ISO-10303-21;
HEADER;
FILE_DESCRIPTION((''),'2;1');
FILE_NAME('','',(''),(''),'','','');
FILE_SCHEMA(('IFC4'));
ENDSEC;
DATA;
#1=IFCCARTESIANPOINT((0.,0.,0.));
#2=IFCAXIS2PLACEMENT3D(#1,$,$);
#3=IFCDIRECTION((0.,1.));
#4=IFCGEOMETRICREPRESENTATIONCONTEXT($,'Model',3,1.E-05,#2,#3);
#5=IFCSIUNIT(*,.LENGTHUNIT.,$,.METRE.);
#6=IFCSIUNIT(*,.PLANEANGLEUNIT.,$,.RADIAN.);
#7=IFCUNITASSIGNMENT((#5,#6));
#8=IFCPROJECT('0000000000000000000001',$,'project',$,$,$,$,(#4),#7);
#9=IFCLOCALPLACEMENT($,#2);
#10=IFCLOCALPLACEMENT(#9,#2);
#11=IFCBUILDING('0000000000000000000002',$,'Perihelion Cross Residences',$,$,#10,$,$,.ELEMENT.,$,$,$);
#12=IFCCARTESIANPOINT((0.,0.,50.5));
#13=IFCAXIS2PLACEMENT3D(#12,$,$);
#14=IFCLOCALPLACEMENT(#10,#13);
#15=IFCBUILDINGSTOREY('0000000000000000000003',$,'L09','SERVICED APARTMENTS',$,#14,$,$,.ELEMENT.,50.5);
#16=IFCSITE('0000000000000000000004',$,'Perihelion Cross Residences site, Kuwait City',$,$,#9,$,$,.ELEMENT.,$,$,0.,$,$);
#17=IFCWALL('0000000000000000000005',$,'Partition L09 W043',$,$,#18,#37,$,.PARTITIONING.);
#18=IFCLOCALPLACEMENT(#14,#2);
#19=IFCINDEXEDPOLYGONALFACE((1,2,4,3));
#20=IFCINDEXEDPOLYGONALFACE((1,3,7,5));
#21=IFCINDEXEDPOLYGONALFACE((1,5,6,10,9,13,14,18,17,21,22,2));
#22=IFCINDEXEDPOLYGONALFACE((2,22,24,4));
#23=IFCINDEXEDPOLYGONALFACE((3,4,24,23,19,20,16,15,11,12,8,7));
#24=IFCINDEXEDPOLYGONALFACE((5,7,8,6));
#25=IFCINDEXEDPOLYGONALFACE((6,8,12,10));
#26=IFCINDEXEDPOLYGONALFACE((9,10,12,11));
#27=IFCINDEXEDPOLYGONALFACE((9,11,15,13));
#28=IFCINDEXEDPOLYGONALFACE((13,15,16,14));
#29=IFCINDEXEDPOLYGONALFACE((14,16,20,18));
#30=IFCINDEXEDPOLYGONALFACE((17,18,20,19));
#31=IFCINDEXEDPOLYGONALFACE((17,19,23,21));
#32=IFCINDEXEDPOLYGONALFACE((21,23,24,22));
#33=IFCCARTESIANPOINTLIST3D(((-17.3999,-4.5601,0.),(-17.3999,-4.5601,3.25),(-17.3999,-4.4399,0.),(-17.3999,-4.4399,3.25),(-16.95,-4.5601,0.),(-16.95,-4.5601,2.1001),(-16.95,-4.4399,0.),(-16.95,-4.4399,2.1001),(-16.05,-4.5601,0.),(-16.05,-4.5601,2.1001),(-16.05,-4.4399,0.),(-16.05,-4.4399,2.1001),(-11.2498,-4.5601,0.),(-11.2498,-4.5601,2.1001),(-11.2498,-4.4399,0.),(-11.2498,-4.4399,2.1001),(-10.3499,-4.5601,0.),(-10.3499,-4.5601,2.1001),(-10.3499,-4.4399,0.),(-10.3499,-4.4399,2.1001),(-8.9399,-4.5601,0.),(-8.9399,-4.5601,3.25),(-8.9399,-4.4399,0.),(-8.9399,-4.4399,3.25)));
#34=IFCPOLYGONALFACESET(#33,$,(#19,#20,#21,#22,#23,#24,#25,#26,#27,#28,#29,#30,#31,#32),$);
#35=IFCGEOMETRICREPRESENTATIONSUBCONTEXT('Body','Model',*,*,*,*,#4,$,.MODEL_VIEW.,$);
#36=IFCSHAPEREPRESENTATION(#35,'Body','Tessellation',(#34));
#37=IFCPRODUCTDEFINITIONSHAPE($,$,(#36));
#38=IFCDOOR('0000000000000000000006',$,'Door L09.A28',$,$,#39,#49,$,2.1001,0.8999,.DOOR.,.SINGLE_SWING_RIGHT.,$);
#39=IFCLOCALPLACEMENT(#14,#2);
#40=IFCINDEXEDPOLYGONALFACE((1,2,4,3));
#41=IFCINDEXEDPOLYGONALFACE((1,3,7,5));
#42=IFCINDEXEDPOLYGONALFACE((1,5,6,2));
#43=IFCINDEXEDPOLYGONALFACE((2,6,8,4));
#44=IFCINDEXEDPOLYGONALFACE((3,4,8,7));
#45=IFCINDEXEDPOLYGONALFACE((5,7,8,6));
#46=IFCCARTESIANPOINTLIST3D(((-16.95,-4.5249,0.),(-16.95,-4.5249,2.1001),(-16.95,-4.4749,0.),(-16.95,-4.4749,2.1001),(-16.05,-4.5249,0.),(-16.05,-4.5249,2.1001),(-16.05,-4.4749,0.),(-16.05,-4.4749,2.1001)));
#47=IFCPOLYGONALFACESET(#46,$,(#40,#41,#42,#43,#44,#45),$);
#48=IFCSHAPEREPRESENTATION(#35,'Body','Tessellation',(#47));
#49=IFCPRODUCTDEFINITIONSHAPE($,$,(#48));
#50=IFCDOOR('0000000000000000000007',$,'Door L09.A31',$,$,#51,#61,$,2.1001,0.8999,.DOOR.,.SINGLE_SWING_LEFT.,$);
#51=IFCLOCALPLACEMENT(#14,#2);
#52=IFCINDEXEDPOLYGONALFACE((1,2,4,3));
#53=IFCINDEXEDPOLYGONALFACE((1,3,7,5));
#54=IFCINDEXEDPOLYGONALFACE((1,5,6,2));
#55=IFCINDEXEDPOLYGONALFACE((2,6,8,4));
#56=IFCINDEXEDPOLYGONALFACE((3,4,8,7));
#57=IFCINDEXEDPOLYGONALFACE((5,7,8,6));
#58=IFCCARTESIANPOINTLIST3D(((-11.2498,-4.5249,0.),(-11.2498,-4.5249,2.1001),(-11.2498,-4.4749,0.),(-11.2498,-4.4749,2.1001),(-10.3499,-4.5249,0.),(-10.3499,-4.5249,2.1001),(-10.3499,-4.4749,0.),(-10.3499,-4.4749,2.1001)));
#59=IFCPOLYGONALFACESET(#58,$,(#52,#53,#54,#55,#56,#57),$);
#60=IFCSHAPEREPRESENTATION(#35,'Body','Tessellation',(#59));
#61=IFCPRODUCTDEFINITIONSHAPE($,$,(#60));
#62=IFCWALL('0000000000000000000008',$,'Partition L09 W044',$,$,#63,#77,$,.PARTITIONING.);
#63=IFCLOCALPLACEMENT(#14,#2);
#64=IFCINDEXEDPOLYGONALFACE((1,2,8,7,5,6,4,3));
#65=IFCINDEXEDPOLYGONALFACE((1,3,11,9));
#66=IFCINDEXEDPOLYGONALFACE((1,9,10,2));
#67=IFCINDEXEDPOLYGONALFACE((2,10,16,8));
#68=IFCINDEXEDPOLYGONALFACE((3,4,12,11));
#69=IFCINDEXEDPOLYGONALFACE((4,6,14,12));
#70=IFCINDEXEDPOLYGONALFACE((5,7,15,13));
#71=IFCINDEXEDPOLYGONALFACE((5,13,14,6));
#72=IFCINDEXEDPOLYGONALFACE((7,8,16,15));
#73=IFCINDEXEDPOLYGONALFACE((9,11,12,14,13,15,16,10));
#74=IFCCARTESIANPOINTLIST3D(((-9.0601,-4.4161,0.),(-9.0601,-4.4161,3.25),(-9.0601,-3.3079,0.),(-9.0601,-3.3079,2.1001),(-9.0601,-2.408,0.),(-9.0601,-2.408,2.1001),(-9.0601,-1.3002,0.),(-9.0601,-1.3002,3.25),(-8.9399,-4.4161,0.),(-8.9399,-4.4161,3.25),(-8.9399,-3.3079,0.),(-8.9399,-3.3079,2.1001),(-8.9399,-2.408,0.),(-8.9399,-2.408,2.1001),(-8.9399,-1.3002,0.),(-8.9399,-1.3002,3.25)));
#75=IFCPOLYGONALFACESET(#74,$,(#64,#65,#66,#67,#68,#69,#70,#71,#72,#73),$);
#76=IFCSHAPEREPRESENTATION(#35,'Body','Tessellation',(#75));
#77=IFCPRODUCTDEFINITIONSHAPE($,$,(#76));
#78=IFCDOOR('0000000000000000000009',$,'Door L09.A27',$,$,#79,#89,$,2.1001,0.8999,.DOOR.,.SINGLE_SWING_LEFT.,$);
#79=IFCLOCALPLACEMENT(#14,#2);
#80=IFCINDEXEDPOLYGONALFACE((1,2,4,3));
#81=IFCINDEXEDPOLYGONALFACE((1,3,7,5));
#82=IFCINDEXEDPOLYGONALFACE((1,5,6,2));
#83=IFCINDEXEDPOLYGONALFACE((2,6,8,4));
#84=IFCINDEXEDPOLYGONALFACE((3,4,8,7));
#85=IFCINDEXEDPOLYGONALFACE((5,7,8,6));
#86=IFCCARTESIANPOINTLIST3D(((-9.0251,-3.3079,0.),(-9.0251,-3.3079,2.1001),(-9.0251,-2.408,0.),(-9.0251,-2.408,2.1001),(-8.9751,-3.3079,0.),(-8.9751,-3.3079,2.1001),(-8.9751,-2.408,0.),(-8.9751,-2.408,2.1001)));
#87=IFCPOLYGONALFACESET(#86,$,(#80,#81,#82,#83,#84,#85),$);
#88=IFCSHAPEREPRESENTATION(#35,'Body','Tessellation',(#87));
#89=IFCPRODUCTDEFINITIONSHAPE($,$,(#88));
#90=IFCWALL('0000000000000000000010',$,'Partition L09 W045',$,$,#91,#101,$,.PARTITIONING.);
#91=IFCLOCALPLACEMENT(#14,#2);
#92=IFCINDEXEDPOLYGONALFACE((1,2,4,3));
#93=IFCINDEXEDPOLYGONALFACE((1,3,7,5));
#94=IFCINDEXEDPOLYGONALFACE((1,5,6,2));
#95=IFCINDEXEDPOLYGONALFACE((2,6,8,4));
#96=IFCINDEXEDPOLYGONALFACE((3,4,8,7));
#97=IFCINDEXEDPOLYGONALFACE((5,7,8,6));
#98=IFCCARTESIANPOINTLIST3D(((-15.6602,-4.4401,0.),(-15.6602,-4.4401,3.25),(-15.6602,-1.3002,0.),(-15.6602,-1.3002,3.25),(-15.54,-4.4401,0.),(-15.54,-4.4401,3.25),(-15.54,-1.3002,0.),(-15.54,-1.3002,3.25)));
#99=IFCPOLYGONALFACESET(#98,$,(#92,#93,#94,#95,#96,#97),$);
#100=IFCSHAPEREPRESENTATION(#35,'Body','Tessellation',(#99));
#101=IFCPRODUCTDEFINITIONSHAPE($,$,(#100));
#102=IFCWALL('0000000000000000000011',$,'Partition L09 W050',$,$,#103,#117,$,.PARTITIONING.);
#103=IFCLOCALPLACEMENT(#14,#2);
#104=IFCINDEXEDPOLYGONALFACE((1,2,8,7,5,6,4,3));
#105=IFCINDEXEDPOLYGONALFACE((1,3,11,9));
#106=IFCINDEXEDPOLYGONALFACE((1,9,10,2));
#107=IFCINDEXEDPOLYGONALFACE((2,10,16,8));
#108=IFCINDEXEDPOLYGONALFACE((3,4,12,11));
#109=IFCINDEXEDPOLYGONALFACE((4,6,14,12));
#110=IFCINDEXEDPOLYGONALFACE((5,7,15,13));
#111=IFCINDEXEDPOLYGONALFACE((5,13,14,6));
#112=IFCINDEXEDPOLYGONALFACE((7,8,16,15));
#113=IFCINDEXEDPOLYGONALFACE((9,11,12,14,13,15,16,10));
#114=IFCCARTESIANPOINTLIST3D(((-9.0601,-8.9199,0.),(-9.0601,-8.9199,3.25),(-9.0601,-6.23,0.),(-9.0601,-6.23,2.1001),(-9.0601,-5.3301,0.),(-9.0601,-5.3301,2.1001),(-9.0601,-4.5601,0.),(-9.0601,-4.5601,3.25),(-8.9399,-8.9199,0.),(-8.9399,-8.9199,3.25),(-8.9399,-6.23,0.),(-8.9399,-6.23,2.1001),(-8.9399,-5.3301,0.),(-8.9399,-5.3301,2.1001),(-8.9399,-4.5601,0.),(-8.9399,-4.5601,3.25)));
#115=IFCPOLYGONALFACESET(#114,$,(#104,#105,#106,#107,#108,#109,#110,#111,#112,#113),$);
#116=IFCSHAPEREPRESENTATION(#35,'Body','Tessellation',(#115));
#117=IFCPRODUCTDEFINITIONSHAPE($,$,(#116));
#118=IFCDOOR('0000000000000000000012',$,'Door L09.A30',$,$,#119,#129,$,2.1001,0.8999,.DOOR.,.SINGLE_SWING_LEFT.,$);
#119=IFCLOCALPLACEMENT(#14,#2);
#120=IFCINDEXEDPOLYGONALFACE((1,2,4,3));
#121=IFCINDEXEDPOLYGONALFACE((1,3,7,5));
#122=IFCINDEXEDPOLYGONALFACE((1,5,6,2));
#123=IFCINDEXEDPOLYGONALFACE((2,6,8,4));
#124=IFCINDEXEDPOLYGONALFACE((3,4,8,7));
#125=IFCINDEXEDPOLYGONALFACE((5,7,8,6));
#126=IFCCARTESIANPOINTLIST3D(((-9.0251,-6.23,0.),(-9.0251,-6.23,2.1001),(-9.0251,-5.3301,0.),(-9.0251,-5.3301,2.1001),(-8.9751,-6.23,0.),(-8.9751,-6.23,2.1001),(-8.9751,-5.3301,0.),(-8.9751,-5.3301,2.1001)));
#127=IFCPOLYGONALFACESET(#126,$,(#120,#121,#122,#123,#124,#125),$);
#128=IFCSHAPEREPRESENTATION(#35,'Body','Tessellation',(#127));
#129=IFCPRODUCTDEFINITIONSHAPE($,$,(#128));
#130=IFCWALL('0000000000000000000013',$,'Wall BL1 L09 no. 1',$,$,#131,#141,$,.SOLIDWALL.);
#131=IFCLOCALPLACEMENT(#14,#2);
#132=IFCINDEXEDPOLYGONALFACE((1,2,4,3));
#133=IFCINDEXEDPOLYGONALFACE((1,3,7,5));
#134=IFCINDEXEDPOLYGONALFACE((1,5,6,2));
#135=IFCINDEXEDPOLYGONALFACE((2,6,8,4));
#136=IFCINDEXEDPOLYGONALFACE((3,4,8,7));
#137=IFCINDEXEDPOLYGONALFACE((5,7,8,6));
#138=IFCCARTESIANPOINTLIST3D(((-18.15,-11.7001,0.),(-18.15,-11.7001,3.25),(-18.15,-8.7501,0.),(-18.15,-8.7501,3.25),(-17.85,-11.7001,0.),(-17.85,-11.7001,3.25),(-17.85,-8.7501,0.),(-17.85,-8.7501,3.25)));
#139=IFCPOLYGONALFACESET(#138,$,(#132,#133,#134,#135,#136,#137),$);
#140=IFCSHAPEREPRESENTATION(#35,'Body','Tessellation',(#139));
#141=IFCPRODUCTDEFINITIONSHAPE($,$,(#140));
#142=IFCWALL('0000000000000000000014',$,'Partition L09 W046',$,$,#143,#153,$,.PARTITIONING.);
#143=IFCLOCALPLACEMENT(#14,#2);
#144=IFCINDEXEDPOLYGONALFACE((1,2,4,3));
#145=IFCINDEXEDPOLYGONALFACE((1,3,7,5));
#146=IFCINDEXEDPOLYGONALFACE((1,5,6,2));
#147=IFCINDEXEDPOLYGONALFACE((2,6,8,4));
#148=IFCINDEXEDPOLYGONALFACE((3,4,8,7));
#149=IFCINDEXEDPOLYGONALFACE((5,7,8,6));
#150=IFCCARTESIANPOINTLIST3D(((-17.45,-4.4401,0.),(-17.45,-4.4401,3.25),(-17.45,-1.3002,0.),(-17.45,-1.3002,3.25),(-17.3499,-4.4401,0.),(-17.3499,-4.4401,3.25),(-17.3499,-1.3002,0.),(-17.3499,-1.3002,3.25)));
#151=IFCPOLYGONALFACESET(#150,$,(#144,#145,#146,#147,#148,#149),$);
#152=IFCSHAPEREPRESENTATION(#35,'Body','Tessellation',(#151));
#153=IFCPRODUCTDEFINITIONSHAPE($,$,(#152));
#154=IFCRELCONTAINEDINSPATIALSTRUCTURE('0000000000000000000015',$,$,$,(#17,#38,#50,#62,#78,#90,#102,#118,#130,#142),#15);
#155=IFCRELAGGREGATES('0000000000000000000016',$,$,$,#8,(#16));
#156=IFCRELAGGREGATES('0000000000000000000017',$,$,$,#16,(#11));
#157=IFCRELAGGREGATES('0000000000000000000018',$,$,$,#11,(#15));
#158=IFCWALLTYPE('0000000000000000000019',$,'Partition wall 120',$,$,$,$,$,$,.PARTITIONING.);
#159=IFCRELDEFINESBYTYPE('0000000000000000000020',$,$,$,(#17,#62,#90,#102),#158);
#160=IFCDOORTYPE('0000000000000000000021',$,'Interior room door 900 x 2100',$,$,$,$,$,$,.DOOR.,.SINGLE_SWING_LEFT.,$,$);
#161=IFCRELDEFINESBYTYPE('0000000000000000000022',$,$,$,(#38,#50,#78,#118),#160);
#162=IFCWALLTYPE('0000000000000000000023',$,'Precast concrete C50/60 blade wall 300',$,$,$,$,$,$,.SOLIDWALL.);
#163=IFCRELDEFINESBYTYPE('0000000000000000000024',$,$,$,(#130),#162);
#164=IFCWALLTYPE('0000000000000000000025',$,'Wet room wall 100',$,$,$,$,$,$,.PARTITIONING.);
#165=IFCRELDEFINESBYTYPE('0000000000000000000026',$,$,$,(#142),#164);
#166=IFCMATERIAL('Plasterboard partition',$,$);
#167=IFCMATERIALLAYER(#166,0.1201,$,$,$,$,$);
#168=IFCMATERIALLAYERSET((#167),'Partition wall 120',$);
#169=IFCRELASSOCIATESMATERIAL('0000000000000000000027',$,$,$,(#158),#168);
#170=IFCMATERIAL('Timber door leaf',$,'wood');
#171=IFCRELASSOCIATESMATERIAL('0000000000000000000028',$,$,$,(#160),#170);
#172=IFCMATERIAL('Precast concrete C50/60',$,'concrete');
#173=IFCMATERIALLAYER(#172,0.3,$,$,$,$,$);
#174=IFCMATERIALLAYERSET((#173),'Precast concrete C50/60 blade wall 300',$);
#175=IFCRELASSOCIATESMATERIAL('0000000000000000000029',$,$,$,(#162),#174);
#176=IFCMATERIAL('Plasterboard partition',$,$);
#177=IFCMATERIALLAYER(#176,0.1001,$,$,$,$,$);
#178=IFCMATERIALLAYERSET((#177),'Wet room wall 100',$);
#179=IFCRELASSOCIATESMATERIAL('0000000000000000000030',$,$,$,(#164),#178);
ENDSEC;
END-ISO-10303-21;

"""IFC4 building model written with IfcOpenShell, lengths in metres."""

from ifc_helpers import new_model, si_unit, direction, frame, frame_2d, origin, place, context, subcontext, project, spatial, rectangle, extrude, material, layer, layer_set, type_object, element, fill, save


model = new_model("IFC4")

# Units and contexts
model_context = context("Model", 3, precision=1e-05, world=origin(), true_north=direction((0.0, 1.0)))
body_context = subcontext(model_context, "Body", "Model", "MODEL_VIEW")
ifc_project = project(units=[si_unit("LENGTHUNIT", "METRE"), si_unit("PLANEANGLEUNIT", "RADIAN")], contexts=[model_context])

# Site, building, storey
site_placement = place(None, origin())
site = spatial("IfcSite", under=ifc_project, at=site_placement, Name="Perihelion Cross Residences site, Kuwait City", CompositionType="ELEMENT", RefElevation=0.0)
building_placement = place(site_placement, origin())
building = spatial("IfcBuilding", under=site, at=building_placement, Name="Perihelion Cross Residences", CompositionType="ELEMENT")
storey_placement = place(building_placement, frame((0.0, 0.0, 50.5)))
storey = spatial("IfcBuildingStorey", under=building, at=storey_placement, Name="L09", Description="SERVICED APARTMENTS", CompositionType="ELEMENT", Elevation=50.5)

# Shared definitions
ifc_material_1 = material(Name="Plasterboard partition")
ifc_layer_1 = layer(ifc_material_1, 0.1201)
ifc_layer_set_1 = layer_set([ifc_layer_1], Name="Partition wall 120")
wall_type_1 = type_object("IfcWallType", Name="Partition wall 120", PredefinedType="PARTITIONING", material=ifc_layer_set_1)
ifc_material_2 = material(Name="Timber door leaf", Category="wood")
door_type_1 = type_object("IfcDoorType", Name="Interior room door 900 x 2100", OperationType="SINGLE_SWING_LEFT", PredefinedType="DOOR", material=ifc_material_2)

# Wall, openings, doors
wall_1_placement = place(storey_placement, frame((-8.9399, -4.5, 0.0), z_axis=(0.0, 0.0, 1.0), x_axis=(-1.0, 0.0, 0.0)))
wall_1 = element("IfcWall", 1, at=wall_1_placement, inside=storey, type_object=wall_type_1, Name="Partition L09 W043", PredefinedType="PARTITIONING", context=body_context, shape_type="SweptSolid", body=[
    extrude(rectangle(XDim=8.46, YDim=0.1201, at=frame_2d((4.23, 0.0))), origin(), (0.0, 0.0, 1.0), 3.25),
])
opening_1_placement = place(wall_1_placement, frame((7.1101, 0.0, 0.0)))
opening_1 = element("IfcOpeningElement", 2, at=opening_1_placement, cuts=wall_1, PredefinedType="OPENING", context=body_context, shape_type="SweptSolid", body=[
    extrude(rectangle(XDim=0.8999, YDim=2.1001, at=frame_2d((0.45, 1.05))), frame((0.0, 0.0701, 0.0), z_axis=(0.0, -1.0, 0.0), x_axis=(1.0, 0.0, 0.0)), (0.0, 0.0, 1.0), 0.1401),
])
opening_2_placement = place(wall_1_placement, frame((1.4099, 0.0, 0.0)))
opening_2 = element("IfcOpeningElement", 3, at=opening_2_placement, cuts=wall_1, PredefinedType="OPENING", context=body_context, shape_type="SweptSolid", body=[
    extrude(rectangle(XDim=0.8999, YDim=2.1001, at=frame_2d((0.45, 1.05))), frame((0.0, 0.0701, 0.0), z_axis=(0.0, -1.0, 0.0), x_axis=(1.0, 0.0, 0.0)), (0.0, 0.0, 1.0), 0.1401),
])
door_1_placement = place(opening_1_placement, origin())
door_1 = element("IfcDoor", 4, at=door_1_placement, inside=storey, type_object=door_type_1, Name="Door L09.A28", OperationType="SINGLE_SWING_RIGHT", OverallHeight=2.1001, OverallWidth=0.8999, PredefinedType="DOOR", context=body_context, shape_type="SweptSolid", body=[
    extrude(rectangle(XDim=0.8999, YDim=2.1001, at=frame_2d((0.45, 1.05))), frame((0.0, 0.0249, 0.0), z_axis=(0.0, -1.0, 0.0), x_axis=(1.0, 0.0, 0.0)), (0.0, 0.0, 1.0), 0.05),
])
fill(opening_1, door_1)
door_2_placement = place(opening_2_placement, origin())
door_2 = element("IfcDoor", 5, at=door_2_placement, inside=storey, type_object=door_type_1, Name="Door L09.A31", OperationType="SINGLE_SWING_LEFT", OverallHeight=2.1001, OverallWidth=0.8999, PredefinedType="DOOR", context=body_context, shape_type="SweptSolid", body=[
    extrude(rectangle(XDim=0.8999, YDim=2.1001, at=frame_2d((0.45, 1.05))), frame((0.0, 0.0249, 0.0), z_axis=(0.0, -1.0, 0.0), x_axis=(1.0, 0.0, 0.0)), (0.0, 0.0, 1.0), 0.05),
])
fill(opening_2, door_2)

# Wall, opening, door
wall_2_placement = place(storey_placement, frame((-9.0, -1.3, 0.0), z_axis=(0.0, 0.0, 1.0), x_axis=(0.0, -1.0, 0.0)))
wall_2 = element("IfcWall", 6, at=wall_2_placement, inside=storey, type_object=wall_type_1, Name="Partition L09 W044", PredefinedType="PARTITIONING", context=body_context, shape_type="SweptSolid", body=[
    extrude(rectangle(XDim=3.116, YDim=0.1201, at=frame_2d((1.5581, 0.0))), origin(), (0.0, 0.0, 1.0), 3.25),
])
opening_3_placement = place(wall_2_placement, frame((1.1079, 0.0, 0.0)))
opening_3 = element("IfcOpeningElement", 7, at=opening_3_placement, cuts=wall_2, PredefinedType="OPENING", context=body_context, shape_type="SweptSolid", body=[
    extrude(rectangle(XDim=0.8999, YDim=2.1001, at=frame_2d((0.45, 1.05))), frame((0.0, 0.0701, 0.0), z_axis=(0.0, -1.0, 0.0), x_axis=(1.0, 0.0, 0.0)), (0.0, 0.0, 1.0), 0.1401),
])
door_3_placement = place(opening_3_placement, origin())
door_3 = element("IfcDoor", 8, at=door_3_placement, inside=storey, type_object=door_type_1, Name="Door L09.A27", OperationType="SINGLE_SWING_LEFT", OverallHeight=2.1001, OverallWidth=0.8999, PredefinedType="DOOR", context=body_context, shape_type="SweptSolid", body=[
    extrude(rectangle(XDim=0.8999, YDim=2.1001, at=frame_2d((0.45, 1.05))), frame((0.0, 0.0249, 0.0), z_axis=(0.0, -1.0, 0.0), x_axis=(1.0, 0.0, 0.0)), (0.0, 0.0, 1.0), 0.05),
])
fill(opening_3, door_3)

# Wall
wall_3_placement = place(storey_placement, frame((-15.6001, -4.4399, 0.0), z_axis=(0.0, 0.0, 1.0), x_axis=(0.0, 1.0, 0.0)))
element("IfcWall", 9, at=wall_3_placement, inside=storey, type_object=wall_type_1, Name="Partition L09 W045", PredefinedType="PARTITIONING", context=body_context, shape_type="SweptSolid", body=[
    extrude(rectangle(XDim=3.1399, YDim=0.1201, at=frame_2d((1.5698, 0.0))), origin(), (0.0, 0.0, 1.0), 3.25),
])

# Wall, opening, door
wall_4_placement = place(storey_placement, frame((-9.0, -4.5601, 0.0), z_axis=(0.0, 0.0, 1.0), x_axis=(0.0, -1.0, 0.0)))
wall_4 = element("IfcWall", 10, at=wall_4_placement, inside=storey, type_object=wall_type_1, Name="Partition L09 W050", PredefinedType="PARTITIONING", context=body_context, shape_type="SweptSolid", body=[
    extrude(rectangle(XDim=4.3599, YDim=0.1201, at=frame_2d((2.1799, 0.0))), origin(), (0.0, 0.0, 1.0), 3.25),
])
opening_4_placement = place(wall_4_placement, frame((0.77, 0.0, 0.0)))
opening_4 = element("IfcOpeningElement", 11, at=opening_4_placement, cuts=wall_4, PredefinedType="OPENING", context=body_context, shape_type="SweptSolid", body=[
    extrude(rectangle(XDim=0.8999, YDim=2.1001, at=frame_2d((0.45, 1.05))), frame((0.0, 0.0701, 0.0), z_axis=(0.0, -1.0, 0.0), x_axis=(1.0, 0.0, 0.0)), (0.0, 0.0, 1.0), 0.1401),
])
door_4_placement = place(opening_4_placement, origin())
door_4 = element("IfcDoor", 12, at=door_4_placement, inside=storey, type_object=door_type_1, Name="Door L09.A30", OperationType="SINGLE_SWING_LEFT", OverallHeight=2.1001, OverallWidth=0.8999, PredefinedType="DOOR", context=body_context, shape_type="SweptSolid", body=[
    extrude(rectangle(XDim=0.8999, YDim=2.1001, at=frame_2d((0.45, 1.05))), frame((0.0, 0.0249, 0.0), z_axis=(0.0, -1.0, 0.0), x_axis=(1.0, 0.0, 0.0)), (0.0, 0.0, 1.0), 0.05),
])
fill(opening_4, door_4)

# Walls
ifc_material_3 = material(Name="Precast concrete C50/60", Category="concrete")
ifc_layer_2 = layer(ifc_material_3, 0.3)
ifc_layer_set_2 = layer_set([ifc_layer_2], Name="Precast concrete C50/60 blade wall 300")
wall_type_2 = type_object("IfcWallType", Name="Precast concrete C50/60 blade wall 300", PredefinedType="SOLIDWALL", material=ifc_layer_set_2)
wall_5_placement = place(storey_placement, frame((-18.0, -8.75, 0.0), z_axis=(0.0, 0.0, 1.0), x_axis=(0.0, -1.0, 0.0)))
element("IfcWall", 13, at=wall_5_placement, inside=storey, type_object=wall_type_2, Name="Wall BL1 L09 no. 1", PredefinedType="SOLIDWALL", context=body_context, shape_type="SweptSolid", body=[
    extrude(rectangle(XDim=2.95, YDim=0.3, at=frame_2d((1.4751, 0.0))), origin(), (0.0, 0.0, 1.0), 3.25),
])
ifc_material_4 = material(Name="Plasterboard partition")
ifc_layer_3 = layer(ifc_material_4, 0.1001)
ifc_layer_set_3 = layer_set([ifc_layer_3], Name="Wet room wall 100")
wall_type_3 = type_object("IfcWallType", Name="Wet room wall 100", PredefinedType="PARTITIONING", material=ifc_layer_set_3)
wall_6_placement = place(storey_placement, frame((-17.3999, -4.4399, 0.0), z_axis=(0.0, 0.0, 1.0), x_axis=(0.0, 1.0, 0.0)))
element("IfcWall", 14, at=wall_6_placement, inside=storey, type_object=wall_type_3, Name="Partition L09 W046", PredefinedType="PARTITIONING", context=body_context, shape_type="SweptSolid", body=[
    extrude(rectangle(XDim=3.1399, YDim=0.1001, at=frame_2d((1.5698, 0.0))), origin(), (0.0, 0.0, 1.0), 3.25),
])

save(model, "model.ifc")
